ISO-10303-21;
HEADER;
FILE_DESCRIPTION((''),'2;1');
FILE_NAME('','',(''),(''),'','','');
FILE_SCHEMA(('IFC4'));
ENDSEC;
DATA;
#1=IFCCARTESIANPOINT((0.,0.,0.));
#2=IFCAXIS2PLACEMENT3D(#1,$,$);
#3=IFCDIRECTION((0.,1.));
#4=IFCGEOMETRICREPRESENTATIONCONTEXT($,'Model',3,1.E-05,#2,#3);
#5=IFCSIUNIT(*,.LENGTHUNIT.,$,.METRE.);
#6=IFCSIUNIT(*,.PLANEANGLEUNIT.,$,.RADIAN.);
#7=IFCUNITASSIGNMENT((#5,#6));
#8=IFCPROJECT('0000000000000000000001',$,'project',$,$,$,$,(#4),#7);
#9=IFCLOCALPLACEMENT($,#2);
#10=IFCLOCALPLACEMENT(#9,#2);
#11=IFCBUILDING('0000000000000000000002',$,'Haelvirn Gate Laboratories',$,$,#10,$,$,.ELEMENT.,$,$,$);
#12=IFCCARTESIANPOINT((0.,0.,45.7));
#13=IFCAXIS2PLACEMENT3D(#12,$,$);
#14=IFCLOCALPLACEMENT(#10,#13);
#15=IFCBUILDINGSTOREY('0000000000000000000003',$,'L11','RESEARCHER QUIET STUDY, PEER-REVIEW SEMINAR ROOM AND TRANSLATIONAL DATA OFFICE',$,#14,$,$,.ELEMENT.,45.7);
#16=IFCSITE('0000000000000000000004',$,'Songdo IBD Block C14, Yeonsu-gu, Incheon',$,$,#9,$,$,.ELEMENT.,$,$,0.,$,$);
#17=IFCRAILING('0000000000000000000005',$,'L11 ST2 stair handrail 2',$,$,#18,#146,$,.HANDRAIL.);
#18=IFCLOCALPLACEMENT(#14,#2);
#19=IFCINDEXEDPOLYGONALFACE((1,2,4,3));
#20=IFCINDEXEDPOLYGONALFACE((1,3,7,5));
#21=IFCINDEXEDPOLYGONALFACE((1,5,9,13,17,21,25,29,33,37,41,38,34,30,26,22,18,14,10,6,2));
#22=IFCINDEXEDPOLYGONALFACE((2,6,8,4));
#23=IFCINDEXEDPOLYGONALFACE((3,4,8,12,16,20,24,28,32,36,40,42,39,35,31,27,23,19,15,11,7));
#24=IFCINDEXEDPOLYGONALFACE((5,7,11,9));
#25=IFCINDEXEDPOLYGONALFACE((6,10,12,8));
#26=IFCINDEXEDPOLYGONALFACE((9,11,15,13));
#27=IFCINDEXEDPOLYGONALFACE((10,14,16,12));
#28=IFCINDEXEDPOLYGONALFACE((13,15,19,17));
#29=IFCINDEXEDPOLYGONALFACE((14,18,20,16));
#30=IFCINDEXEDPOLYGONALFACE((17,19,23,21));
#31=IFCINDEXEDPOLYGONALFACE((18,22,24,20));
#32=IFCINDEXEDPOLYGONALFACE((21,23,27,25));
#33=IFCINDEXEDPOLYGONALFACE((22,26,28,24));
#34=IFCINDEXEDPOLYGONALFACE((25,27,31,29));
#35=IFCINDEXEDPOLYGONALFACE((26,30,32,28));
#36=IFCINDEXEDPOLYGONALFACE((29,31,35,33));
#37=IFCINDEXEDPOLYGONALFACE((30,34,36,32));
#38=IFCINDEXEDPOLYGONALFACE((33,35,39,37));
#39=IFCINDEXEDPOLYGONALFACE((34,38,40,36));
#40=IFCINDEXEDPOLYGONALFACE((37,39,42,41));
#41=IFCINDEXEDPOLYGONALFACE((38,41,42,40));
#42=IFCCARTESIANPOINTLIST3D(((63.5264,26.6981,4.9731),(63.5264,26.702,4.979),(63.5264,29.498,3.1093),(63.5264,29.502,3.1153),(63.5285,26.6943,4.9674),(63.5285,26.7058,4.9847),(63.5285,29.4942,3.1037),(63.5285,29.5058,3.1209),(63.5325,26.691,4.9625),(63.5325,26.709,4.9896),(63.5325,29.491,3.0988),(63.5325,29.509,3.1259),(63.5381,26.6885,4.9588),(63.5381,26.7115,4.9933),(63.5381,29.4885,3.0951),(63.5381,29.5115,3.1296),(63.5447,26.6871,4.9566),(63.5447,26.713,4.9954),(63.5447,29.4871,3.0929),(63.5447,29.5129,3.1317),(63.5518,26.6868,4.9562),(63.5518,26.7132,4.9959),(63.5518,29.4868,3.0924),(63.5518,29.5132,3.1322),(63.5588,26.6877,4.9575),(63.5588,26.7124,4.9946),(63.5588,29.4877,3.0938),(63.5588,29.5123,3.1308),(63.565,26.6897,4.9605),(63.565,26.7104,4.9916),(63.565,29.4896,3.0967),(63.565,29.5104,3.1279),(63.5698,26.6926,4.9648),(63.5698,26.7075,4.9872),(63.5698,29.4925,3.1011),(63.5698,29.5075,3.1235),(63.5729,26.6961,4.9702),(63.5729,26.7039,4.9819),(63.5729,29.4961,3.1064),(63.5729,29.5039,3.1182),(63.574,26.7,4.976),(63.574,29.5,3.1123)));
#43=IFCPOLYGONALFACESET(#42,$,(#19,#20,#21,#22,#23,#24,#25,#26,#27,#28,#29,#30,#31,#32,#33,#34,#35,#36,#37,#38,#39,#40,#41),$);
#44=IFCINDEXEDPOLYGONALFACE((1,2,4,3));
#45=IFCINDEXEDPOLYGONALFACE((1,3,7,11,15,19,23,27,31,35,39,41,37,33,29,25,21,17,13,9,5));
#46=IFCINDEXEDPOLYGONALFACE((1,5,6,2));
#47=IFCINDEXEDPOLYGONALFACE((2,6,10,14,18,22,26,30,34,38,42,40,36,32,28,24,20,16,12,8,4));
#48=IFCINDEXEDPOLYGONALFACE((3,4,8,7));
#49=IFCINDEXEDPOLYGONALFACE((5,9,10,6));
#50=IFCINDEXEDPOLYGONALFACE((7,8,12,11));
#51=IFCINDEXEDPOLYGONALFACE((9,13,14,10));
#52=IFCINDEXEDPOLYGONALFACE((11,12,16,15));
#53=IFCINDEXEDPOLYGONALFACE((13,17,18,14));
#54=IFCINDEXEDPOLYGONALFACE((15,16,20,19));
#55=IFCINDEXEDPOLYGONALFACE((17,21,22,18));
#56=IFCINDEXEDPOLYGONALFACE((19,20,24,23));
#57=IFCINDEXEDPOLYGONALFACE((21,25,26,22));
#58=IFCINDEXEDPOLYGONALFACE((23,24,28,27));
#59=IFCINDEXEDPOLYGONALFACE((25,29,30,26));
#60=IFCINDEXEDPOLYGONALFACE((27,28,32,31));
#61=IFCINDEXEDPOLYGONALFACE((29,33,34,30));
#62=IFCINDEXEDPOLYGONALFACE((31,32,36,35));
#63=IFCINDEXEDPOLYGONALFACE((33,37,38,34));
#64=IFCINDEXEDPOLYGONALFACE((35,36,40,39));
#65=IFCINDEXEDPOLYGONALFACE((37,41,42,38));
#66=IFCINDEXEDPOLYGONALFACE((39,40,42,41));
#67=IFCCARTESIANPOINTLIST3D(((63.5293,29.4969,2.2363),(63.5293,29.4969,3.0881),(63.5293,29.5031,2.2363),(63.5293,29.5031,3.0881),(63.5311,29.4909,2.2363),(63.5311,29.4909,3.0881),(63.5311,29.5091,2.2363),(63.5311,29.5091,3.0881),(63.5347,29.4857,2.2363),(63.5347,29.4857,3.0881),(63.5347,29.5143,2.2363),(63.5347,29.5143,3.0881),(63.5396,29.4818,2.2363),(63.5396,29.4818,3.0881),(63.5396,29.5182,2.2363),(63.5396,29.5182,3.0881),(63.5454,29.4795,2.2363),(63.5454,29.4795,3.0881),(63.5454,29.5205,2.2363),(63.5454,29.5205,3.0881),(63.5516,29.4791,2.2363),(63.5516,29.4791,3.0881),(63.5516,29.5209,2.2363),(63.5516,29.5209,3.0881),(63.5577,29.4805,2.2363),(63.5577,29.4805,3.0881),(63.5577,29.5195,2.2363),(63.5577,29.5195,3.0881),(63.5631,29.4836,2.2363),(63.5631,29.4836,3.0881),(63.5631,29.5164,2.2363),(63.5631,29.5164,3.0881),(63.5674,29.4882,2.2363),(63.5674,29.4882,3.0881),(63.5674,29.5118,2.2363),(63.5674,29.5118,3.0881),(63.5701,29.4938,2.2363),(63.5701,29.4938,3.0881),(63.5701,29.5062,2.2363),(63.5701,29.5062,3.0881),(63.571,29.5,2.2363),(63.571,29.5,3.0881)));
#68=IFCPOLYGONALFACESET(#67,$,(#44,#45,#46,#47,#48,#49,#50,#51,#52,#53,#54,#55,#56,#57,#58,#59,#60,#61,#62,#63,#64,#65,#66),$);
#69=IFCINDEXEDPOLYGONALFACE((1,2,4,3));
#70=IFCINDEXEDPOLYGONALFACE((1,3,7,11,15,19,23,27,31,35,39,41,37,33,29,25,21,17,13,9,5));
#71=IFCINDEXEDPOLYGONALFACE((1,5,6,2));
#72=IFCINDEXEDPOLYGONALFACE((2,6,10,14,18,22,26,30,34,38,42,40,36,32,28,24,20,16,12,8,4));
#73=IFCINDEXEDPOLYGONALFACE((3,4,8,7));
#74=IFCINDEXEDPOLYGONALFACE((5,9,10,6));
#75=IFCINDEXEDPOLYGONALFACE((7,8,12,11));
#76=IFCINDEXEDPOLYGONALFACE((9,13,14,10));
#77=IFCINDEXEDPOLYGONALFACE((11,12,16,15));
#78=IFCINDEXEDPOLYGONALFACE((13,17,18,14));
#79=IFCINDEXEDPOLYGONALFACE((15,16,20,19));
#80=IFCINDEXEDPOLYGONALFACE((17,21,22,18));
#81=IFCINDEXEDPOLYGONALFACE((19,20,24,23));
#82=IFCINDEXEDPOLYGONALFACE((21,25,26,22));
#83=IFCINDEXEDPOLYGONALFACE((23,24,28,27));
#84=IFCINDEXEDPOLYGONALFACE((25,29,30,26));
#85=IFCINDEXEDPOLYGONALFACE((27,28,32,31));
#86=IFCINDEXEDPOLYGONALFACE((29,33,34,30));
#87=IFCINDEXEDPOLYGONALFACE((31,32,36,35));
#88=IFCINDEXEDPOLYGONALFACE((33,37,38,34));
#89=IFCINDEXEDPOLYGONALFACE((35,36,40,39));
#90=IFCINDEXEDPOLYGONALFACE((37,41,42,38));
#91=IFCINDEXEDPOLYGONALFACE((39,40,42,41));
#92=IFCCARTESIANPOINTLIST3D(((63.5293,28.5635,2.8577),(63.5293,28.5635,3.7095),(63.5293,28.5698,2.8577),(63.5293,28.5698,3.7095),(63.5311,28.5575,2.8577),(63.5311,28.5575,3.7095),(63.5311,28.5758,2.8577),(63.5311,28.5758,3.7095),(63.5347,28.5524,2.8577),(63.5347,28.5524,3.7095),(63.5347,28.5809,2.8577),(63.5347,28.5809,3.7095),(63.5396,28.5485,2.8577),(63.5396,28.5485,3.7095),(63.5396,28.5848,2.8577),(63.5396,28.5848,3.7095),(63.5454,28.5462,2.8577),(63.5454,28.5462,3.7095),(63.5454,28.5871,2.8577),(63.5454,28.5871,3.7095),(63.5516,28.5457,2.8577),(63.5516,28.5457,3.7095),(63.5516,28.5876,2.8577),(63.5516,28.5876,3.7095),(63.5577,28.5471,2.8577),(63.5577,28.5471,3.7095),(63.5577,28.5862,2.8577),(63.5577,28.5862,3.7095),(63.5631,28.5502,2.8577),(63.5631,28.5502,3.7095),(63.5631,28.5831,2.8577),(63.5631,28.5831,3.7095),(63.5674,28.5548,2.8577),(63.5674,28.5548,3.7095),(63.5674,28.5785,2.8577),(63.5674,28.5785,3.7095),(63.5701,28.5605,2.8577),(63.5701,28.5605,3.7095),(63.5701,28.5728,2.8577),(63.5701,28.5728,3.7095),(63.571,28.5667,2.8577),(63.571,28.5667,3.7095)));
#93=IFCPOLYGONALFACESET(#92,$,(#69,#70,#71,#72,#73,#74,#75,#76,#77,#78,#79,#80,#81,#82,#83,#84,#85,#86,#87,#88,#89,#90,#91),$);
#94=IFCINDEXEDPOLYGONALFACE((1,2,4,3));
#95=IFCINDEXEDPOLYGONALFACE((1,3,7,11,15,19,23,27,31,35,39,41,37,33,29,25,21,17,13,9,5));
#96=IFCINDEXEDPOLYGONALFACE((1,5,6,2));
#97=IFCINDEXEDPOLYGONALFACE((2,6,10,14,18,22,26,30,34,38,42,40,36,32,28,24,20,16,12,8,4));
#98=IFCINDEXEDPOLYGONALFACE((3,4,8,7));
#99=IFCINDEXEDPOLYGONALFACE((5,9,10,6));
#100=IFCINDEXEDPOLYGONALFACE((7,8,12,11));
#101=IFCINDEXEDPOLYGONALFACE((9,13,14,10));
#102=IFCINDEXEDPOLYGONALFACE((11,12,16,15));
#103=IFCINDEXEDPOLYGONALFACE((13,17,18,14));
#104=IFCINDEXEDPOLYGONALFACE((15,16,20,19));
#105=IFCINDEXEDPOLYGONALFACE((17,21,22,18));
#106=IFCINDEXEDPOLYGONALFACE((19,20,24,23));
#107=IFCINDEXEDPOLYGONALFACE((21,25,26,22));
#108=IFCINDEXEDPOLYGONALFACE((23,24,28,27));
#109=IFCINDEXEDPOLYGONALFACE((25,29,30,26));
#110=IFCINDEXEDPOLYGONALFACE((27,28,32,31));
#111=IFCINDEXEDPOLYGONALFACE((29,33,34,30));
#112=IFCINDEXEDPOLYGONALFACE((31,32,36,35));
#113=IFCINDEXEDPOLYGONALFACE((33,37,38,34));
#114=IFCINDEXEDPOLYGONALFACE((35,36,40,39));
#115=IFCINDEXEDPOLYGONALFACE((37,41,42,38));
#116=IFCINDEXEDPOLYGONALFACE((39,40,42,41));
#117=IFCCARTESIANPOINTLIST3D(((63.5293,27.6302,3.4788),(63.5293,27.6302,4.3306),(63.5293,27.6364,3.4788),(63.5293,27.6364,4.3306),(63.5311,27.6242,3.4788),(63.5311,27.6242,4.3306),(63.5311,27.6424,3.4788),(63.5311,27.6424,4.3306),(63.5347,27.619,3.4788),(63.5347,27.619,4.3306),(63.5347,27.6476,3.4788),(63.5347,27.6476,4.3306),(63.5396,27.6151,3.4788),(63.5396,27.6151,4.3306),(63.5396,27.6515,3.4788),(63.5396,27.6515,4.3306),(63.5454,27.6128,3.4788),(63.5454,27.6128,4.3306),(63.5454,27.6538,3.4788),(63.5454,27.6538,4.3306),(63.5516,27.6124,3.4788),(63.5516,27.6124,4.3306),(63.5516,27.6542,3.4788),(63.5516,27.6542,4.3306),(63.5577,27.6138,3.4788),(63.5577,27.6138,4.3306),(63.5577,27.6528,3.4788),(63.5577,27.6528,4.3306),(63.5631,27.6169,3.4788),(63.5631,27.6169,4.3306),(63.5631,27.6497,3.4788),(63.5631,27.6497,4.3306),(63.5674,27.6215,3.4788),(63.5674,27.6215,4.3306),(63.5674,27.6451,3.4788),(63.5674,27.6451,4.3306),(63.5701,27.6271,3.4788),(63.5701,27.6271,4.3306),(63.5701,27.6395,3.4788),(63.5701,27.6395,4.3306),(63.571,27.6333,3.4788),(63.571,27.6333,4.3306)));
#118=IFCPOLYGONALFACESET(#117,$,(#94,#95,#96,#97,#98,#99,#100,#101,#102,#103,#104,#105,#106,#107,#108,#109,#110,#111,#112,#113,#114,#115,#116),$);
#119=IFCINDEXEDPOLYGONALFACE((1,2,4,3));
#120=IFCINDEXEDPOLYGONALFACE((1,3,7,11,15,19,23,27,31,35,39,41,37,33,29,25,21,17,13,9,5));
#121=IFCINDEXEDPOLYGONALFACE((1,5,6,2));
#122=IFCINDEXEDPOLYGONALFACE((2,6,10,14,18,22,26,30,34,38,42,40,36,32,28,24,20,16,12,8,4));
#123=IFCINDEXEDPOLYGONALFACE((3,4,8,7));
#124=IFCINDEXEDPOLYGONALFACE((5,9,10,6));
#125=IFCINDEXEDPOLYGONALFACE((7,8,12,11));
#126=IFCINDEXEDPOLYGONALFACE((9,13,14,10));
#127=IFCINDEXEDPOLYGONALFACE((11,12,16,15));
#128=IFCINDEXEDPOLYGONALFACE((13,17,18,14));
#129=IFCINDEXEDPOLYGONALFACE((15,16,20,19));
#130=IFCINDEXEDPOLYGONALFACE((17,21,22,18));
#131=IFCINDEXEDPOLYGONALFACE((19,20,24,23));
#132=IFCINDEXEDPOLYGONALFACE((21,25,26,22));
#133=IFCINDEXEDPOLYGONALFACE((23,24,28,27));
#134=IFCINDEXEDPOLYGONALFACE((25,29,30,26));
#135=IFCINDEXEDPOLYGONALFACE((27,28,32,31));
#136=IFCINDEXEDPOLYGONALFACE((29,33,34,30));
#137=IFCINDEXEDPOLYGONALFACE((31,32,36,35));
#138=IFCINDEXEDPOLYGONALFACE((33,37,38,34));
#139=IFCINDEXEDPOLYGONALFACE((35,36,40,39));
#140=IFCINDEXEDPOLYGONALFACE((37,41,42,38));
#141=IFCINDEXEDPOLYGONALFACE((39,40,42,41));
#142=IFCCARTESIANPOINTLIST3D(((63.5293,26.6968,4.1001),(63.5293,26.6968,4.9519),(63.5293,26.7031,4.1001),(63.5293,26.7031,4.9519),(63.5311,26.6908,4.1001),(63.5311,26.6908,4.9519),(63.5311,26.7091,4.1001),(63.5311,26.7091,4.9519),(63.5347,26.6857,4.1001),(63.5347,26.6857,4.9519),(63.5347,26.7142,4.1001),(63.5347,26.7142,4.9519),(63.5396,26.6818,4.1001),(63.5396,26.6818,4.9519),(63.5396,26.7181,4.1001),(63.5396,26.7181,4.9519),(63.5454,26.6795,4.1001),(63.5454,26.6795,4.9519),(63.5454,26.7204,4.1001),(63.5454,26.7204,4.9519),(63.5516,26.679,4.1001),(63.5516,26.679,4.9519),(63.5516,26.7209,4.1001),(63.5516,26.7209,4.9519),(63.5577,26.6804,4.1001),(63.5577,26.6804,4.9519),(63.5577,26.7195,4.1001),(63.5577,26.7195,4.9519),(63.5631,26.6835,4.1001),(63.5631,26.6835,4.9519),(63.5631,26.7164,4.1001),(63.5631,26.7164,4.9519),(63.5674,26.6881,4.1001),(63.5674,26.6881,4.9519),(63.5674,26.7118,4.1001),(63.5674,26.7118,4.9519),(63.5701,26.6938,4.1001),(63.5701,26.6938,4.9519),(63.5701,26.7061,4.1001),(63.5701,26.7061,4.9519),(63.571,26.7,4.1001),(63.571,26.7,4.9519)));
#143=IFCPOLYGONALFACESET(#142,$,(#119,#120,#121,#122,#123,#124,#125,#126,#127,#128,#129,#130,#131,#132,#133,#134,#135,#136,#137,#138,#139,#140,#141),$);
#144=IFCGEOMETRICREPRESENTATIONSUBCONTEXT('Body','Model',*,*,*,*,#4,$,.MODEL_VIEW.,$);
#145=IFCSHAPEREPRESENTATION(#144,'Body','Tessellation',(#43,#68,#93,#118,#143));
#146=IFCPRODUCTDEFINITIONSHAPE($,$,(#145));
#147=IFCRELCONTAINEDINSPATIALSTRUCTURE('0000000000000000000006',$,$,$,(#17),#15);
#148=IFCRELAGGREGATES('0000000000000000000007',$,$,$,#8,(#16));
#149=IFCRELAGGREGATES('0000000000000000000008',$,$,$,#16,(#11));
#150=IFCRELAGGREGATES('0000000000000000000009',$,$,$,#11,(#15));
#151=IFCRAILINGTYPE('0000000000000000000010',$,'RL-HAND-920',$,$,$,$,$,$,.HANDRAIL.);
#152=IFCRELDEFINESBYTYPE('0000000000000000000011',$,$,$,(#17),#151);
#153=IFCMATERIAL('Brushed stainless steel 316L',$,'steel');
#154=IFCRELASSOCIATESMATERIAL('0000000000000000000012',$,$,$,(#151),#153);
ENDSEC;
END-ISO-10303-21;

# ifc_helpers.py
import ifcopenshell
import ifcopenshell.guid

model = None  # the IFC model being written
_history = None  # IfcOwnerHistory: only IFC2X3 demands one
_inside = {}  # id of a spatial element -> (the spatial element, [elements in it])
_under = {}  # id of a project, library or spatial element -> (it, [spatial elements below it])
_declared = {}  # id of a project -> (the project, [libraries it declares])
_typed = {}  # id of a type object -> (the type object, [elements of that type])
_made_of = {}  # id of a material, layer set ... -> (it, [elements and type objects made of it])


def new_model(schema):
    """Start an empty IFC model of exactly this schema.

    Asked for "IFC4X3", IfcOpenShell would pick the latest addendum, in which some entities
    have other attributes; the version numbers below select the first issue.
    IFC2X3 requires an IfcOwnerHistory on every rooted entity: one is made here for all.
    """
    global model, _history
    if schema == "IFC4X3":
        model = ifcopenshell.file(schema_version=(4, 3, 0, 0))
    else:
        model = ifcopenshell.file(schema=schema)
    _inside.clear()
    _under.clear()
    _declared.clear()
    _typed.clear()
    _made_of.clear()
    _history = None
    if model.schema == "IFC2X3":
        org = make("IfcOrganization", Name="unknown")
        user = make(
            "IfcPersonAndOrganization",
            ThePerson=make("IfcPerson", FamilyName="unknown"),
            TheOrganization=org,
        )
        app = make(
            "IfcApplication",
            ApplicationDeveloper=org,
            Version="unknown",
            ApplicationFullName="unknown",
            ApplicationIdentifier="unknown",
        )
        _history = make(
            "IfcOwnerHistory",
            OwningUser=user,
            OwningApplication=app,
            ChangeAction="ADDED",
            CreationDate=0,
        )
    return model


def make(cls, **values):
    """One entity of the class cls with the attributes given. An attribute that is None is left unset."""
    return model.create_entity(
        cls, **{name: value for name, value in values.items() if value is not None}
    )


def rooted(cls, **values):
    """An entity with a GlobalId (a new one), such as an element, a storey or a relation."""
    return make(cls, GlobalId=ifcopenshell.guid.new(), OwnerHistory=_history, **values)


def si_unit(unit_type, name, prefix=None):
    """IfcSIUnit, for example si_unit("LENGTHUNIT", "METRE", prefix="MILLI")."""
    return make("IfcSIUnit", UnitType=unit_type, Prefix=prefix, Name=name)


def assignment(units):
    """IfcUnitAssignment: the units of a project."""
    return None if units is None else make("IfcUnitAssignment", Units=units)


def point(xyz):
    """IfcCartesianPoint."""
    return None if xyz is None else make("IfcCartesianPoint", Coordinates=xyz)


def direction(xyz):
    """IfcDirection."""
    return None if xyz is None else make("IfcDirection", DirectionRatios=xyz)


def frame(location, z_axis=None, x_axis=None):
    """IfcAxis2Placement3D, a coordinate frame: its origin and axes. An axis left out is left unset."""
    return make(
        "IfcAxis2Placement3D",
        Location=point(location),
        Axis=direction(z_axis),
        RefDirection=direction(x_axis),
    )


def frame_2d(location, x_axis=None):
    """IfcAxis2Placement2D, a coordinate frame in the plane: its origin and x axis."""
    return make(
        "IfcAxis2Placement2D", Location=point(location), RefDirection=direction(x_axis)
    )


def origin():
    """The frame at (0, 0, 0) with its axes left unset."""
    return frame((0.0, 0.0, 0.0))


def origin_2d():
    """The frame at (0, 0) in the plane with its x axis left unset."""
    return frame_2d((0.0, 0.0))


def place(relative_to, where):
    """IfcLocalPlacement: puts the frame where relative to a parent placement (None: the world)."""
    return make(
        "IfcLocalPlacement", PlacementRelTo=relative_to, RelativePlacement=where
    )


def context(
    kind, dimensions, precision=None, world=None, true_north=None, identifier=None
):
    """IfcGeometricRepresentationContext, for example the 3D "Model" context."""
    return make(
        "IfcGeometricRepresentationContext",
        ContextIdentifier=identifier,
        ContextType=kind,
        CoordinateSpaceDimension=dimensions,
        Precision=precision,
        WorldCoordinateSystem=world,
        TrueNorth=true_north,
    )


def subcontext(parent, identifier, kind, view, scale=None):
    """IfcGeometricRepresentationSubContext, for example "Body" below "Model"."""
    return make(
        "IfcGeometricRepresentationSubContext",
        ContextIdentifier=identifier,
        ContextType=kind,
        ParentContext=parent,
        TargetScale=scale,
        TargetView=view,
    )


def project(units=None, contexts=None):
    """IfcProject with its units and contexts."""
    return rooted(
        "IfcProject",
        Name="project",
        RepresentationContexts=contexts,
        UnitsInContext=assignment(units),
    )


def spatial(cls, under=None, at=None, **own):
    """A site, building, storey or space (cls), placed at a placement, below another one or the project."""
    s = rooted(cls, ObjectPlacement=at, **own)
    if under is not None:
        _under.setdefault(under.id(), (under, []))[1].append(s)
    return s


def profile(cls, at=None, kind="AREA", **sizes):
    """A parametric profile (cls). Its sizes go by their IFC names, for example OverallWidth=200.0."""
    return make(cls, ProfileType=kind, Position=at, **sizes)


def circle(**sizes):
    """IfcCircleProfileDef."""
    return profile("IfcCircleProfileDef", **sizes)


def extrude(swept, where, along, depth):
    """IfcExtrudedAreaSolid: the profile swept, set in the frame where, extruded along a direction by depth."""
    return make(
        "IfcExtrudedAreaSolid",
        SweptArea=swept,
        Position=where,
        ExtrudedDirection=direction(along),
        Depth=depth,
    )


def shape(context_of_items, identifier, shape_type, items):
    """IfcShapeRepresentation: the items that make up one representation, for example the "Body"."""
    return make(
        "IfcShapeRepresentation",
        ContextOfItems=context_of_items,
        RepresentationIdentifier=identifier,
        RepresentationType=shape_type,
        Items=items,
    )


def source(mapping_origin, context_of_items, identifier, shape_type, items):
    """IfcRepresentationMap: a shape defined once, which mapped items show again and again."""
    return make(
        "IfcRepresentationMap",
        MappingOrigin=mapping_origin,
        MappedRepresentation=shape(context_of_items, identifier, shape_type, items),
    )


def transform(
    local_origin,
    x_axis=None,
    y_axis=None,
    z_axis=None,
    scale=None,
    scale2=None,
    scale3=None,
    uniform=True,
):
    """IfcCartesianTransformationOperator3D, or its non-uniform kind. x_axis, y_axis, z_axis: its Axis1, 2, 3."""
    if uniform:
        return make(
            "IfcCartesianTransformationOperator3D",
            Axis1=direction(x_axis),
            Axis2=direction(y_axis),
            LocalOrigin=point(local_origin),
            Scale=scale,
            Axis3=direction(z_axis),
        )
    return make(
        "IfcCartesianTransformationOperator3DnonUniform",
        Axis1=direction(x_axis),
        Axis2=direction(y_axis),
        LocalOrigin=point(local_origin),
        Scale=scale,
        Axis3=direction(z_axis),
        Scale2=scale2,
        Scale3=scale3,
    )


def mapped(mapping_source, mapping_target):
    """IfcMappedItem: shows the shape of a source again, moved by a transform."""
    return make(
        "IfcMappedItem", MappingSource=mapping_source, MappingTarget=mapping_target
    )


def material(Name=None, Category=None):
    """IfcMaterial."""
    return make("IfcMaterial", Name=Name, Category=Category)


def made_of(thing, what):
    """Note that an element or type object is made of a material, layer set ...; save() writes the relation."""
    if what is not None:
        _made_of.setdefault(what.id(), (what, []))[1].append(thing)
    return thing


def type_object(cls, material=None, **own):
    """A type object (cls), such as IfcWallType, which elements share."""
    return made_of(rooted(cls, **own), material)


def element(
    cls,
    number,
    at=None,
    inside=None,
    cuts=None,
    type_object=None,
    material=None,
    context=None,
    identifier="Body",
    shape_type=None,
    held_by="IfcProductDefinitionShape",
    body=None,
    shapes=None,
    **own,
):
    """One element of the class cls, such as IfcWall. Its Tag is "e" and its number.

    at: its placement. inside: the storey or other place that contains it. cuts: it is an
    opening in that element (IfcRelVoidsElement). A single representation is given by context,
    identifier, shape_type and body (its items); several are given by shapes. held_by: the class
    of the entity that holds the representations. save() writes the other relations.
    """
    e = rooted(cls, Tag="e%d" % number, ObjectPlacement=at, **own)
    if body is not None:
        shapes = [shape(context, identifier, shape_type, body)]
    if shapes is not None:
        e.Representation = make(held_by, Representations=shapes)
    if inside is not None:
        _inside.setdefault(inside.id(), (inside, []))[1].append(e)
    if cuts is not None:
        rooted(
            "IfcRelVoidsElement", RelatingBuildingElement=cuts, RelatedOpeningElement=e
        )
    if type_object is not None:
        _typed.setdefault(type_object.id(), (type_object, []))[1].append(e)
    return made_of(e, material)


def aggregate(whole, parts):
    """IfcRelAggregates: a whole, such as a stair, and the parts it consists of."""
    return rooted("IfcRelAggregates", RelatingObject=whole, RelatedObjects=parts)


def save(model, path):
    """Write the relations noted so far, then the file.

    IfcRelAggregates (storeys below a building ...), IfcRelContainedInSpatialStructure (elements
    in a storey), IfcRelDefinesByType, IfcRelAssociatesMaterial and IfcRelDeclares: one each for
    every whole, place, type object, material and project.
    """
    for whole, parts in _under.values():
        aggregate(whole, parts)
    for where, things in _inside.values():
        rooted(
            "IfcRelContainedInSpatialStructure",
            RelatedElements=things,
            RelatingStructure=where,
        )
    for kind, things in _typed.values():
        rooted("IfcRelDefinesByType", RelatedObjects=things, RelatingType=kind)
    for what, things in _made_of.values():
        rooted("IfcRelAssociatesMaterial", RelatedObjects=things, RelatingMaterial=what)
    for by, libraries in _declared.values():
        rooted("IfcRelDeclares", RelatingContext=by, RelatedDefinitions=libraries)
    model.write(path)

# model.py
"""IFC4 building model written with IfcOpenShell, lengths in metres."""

from ifc_helpers import new_model, si_unit, direction, frame, origin, origin_2d, place, context, subcontext, project, spatial, circle, extrude, source, transform, mapped, material, type_object, element, save


model = new_model("IFC4")

# Units and contexts
model_context = context("Model", 3, precision=1e-05, world=origin(), true_north=direction((0.0, 1.0)))
body_context = subcontext(model_context, "Body", "Model", "MODEL_VIEW")
ifc_project = project(units=[si_unit("LENGTHUNIT", "METRE"), si_unit("PLANEANGLEUNIT", "RADIAN")], contexts=[model_context])

# Site, building, storey
site_placement = place(None, origin())
site = spatial("IfcSite", under=ifc_project, at=site_placement, Name="Songdo IBD Block C14, Yeonsu-gu, Incheon", CompositionType="ELEMENT", RefElevation=0.0)
building_placement = place(site_placement, origin())
building = spatial("IfcBuilding", under=site, at=building_placement, Name="Haelvirn Gate Laboratories", CompositionType="ELEMENT")
storey_placement = place(building_placement, frame((0.0, 0.0, 45.7)))
storey = spatial("IfcBuildingStorey", under=building, at=storey_placement, Name="L11", Description="RESEARCHER QUIET STUDY, PEER-REVIEW SEMINAR ROOM AND TRANSLATIONAL DATA OFFICE", CompositionType="ELEMENT", Elevation=45.7)

# Railing
ifc_material_1 = material(Name="Brushed stainless steel 316L", Category="steel")
railing_type_1 = type_object("IfcRailingType", Name="RL-HAND-920", PredefinedType="HANDRAIL", material=ifc_material_1)
shared_shape_1 = source(origin(), body_context, "Body", "SweptSolid", [
    extrude(circle(Radius=0.0239, at=origin_2d()), frame((0.0, 0.0, 0.876), z_axis=(0.0, -0.832452, 0.554097), x_axis=(1.0, 0.0, 0.0)), (0.0, 0.0, 1.0), 3.3635),
    extrude(circle(Radius=0.021, at=origin_2d()), origin(), (0.0, 0.0, 1.0), 0.8518),
    extrude(circle(Radius=0.021, at=origin_2d()), frame((0.0, -0.9333, 0.6213)), (0.0, 0.0, 1.0), 0.8518),
    extrude(circle(Radius=0.021, at=origin_2d()), frame((0.0, -1.8667, 1.2424)), (0.0, 0.0, 1.0), 0.8518),
    extrude(circle(Radius=0.021, at=origin_2d()), frame((0.0, -2.8, 1.8638)), (0.0, 0.0, 1.0), 0.8518),
])
railing_1_placement = place(storey_placement, frame((63.55, 29.5, 2.2363)))
element("IfcRailing", 1, at=railing_1_placement, inside=storey, type_object=railing_type_1, Name="L11 ST2 stair handrail 2", PredefinedType="HANDRAIL", context=body_context, shape_type="MappedRepresentation", body=[
    mapped(shared_shape_1, transform((0.0, 0.0, 0.0), scale=1.0)),
])

save(model, "model.ifc")
